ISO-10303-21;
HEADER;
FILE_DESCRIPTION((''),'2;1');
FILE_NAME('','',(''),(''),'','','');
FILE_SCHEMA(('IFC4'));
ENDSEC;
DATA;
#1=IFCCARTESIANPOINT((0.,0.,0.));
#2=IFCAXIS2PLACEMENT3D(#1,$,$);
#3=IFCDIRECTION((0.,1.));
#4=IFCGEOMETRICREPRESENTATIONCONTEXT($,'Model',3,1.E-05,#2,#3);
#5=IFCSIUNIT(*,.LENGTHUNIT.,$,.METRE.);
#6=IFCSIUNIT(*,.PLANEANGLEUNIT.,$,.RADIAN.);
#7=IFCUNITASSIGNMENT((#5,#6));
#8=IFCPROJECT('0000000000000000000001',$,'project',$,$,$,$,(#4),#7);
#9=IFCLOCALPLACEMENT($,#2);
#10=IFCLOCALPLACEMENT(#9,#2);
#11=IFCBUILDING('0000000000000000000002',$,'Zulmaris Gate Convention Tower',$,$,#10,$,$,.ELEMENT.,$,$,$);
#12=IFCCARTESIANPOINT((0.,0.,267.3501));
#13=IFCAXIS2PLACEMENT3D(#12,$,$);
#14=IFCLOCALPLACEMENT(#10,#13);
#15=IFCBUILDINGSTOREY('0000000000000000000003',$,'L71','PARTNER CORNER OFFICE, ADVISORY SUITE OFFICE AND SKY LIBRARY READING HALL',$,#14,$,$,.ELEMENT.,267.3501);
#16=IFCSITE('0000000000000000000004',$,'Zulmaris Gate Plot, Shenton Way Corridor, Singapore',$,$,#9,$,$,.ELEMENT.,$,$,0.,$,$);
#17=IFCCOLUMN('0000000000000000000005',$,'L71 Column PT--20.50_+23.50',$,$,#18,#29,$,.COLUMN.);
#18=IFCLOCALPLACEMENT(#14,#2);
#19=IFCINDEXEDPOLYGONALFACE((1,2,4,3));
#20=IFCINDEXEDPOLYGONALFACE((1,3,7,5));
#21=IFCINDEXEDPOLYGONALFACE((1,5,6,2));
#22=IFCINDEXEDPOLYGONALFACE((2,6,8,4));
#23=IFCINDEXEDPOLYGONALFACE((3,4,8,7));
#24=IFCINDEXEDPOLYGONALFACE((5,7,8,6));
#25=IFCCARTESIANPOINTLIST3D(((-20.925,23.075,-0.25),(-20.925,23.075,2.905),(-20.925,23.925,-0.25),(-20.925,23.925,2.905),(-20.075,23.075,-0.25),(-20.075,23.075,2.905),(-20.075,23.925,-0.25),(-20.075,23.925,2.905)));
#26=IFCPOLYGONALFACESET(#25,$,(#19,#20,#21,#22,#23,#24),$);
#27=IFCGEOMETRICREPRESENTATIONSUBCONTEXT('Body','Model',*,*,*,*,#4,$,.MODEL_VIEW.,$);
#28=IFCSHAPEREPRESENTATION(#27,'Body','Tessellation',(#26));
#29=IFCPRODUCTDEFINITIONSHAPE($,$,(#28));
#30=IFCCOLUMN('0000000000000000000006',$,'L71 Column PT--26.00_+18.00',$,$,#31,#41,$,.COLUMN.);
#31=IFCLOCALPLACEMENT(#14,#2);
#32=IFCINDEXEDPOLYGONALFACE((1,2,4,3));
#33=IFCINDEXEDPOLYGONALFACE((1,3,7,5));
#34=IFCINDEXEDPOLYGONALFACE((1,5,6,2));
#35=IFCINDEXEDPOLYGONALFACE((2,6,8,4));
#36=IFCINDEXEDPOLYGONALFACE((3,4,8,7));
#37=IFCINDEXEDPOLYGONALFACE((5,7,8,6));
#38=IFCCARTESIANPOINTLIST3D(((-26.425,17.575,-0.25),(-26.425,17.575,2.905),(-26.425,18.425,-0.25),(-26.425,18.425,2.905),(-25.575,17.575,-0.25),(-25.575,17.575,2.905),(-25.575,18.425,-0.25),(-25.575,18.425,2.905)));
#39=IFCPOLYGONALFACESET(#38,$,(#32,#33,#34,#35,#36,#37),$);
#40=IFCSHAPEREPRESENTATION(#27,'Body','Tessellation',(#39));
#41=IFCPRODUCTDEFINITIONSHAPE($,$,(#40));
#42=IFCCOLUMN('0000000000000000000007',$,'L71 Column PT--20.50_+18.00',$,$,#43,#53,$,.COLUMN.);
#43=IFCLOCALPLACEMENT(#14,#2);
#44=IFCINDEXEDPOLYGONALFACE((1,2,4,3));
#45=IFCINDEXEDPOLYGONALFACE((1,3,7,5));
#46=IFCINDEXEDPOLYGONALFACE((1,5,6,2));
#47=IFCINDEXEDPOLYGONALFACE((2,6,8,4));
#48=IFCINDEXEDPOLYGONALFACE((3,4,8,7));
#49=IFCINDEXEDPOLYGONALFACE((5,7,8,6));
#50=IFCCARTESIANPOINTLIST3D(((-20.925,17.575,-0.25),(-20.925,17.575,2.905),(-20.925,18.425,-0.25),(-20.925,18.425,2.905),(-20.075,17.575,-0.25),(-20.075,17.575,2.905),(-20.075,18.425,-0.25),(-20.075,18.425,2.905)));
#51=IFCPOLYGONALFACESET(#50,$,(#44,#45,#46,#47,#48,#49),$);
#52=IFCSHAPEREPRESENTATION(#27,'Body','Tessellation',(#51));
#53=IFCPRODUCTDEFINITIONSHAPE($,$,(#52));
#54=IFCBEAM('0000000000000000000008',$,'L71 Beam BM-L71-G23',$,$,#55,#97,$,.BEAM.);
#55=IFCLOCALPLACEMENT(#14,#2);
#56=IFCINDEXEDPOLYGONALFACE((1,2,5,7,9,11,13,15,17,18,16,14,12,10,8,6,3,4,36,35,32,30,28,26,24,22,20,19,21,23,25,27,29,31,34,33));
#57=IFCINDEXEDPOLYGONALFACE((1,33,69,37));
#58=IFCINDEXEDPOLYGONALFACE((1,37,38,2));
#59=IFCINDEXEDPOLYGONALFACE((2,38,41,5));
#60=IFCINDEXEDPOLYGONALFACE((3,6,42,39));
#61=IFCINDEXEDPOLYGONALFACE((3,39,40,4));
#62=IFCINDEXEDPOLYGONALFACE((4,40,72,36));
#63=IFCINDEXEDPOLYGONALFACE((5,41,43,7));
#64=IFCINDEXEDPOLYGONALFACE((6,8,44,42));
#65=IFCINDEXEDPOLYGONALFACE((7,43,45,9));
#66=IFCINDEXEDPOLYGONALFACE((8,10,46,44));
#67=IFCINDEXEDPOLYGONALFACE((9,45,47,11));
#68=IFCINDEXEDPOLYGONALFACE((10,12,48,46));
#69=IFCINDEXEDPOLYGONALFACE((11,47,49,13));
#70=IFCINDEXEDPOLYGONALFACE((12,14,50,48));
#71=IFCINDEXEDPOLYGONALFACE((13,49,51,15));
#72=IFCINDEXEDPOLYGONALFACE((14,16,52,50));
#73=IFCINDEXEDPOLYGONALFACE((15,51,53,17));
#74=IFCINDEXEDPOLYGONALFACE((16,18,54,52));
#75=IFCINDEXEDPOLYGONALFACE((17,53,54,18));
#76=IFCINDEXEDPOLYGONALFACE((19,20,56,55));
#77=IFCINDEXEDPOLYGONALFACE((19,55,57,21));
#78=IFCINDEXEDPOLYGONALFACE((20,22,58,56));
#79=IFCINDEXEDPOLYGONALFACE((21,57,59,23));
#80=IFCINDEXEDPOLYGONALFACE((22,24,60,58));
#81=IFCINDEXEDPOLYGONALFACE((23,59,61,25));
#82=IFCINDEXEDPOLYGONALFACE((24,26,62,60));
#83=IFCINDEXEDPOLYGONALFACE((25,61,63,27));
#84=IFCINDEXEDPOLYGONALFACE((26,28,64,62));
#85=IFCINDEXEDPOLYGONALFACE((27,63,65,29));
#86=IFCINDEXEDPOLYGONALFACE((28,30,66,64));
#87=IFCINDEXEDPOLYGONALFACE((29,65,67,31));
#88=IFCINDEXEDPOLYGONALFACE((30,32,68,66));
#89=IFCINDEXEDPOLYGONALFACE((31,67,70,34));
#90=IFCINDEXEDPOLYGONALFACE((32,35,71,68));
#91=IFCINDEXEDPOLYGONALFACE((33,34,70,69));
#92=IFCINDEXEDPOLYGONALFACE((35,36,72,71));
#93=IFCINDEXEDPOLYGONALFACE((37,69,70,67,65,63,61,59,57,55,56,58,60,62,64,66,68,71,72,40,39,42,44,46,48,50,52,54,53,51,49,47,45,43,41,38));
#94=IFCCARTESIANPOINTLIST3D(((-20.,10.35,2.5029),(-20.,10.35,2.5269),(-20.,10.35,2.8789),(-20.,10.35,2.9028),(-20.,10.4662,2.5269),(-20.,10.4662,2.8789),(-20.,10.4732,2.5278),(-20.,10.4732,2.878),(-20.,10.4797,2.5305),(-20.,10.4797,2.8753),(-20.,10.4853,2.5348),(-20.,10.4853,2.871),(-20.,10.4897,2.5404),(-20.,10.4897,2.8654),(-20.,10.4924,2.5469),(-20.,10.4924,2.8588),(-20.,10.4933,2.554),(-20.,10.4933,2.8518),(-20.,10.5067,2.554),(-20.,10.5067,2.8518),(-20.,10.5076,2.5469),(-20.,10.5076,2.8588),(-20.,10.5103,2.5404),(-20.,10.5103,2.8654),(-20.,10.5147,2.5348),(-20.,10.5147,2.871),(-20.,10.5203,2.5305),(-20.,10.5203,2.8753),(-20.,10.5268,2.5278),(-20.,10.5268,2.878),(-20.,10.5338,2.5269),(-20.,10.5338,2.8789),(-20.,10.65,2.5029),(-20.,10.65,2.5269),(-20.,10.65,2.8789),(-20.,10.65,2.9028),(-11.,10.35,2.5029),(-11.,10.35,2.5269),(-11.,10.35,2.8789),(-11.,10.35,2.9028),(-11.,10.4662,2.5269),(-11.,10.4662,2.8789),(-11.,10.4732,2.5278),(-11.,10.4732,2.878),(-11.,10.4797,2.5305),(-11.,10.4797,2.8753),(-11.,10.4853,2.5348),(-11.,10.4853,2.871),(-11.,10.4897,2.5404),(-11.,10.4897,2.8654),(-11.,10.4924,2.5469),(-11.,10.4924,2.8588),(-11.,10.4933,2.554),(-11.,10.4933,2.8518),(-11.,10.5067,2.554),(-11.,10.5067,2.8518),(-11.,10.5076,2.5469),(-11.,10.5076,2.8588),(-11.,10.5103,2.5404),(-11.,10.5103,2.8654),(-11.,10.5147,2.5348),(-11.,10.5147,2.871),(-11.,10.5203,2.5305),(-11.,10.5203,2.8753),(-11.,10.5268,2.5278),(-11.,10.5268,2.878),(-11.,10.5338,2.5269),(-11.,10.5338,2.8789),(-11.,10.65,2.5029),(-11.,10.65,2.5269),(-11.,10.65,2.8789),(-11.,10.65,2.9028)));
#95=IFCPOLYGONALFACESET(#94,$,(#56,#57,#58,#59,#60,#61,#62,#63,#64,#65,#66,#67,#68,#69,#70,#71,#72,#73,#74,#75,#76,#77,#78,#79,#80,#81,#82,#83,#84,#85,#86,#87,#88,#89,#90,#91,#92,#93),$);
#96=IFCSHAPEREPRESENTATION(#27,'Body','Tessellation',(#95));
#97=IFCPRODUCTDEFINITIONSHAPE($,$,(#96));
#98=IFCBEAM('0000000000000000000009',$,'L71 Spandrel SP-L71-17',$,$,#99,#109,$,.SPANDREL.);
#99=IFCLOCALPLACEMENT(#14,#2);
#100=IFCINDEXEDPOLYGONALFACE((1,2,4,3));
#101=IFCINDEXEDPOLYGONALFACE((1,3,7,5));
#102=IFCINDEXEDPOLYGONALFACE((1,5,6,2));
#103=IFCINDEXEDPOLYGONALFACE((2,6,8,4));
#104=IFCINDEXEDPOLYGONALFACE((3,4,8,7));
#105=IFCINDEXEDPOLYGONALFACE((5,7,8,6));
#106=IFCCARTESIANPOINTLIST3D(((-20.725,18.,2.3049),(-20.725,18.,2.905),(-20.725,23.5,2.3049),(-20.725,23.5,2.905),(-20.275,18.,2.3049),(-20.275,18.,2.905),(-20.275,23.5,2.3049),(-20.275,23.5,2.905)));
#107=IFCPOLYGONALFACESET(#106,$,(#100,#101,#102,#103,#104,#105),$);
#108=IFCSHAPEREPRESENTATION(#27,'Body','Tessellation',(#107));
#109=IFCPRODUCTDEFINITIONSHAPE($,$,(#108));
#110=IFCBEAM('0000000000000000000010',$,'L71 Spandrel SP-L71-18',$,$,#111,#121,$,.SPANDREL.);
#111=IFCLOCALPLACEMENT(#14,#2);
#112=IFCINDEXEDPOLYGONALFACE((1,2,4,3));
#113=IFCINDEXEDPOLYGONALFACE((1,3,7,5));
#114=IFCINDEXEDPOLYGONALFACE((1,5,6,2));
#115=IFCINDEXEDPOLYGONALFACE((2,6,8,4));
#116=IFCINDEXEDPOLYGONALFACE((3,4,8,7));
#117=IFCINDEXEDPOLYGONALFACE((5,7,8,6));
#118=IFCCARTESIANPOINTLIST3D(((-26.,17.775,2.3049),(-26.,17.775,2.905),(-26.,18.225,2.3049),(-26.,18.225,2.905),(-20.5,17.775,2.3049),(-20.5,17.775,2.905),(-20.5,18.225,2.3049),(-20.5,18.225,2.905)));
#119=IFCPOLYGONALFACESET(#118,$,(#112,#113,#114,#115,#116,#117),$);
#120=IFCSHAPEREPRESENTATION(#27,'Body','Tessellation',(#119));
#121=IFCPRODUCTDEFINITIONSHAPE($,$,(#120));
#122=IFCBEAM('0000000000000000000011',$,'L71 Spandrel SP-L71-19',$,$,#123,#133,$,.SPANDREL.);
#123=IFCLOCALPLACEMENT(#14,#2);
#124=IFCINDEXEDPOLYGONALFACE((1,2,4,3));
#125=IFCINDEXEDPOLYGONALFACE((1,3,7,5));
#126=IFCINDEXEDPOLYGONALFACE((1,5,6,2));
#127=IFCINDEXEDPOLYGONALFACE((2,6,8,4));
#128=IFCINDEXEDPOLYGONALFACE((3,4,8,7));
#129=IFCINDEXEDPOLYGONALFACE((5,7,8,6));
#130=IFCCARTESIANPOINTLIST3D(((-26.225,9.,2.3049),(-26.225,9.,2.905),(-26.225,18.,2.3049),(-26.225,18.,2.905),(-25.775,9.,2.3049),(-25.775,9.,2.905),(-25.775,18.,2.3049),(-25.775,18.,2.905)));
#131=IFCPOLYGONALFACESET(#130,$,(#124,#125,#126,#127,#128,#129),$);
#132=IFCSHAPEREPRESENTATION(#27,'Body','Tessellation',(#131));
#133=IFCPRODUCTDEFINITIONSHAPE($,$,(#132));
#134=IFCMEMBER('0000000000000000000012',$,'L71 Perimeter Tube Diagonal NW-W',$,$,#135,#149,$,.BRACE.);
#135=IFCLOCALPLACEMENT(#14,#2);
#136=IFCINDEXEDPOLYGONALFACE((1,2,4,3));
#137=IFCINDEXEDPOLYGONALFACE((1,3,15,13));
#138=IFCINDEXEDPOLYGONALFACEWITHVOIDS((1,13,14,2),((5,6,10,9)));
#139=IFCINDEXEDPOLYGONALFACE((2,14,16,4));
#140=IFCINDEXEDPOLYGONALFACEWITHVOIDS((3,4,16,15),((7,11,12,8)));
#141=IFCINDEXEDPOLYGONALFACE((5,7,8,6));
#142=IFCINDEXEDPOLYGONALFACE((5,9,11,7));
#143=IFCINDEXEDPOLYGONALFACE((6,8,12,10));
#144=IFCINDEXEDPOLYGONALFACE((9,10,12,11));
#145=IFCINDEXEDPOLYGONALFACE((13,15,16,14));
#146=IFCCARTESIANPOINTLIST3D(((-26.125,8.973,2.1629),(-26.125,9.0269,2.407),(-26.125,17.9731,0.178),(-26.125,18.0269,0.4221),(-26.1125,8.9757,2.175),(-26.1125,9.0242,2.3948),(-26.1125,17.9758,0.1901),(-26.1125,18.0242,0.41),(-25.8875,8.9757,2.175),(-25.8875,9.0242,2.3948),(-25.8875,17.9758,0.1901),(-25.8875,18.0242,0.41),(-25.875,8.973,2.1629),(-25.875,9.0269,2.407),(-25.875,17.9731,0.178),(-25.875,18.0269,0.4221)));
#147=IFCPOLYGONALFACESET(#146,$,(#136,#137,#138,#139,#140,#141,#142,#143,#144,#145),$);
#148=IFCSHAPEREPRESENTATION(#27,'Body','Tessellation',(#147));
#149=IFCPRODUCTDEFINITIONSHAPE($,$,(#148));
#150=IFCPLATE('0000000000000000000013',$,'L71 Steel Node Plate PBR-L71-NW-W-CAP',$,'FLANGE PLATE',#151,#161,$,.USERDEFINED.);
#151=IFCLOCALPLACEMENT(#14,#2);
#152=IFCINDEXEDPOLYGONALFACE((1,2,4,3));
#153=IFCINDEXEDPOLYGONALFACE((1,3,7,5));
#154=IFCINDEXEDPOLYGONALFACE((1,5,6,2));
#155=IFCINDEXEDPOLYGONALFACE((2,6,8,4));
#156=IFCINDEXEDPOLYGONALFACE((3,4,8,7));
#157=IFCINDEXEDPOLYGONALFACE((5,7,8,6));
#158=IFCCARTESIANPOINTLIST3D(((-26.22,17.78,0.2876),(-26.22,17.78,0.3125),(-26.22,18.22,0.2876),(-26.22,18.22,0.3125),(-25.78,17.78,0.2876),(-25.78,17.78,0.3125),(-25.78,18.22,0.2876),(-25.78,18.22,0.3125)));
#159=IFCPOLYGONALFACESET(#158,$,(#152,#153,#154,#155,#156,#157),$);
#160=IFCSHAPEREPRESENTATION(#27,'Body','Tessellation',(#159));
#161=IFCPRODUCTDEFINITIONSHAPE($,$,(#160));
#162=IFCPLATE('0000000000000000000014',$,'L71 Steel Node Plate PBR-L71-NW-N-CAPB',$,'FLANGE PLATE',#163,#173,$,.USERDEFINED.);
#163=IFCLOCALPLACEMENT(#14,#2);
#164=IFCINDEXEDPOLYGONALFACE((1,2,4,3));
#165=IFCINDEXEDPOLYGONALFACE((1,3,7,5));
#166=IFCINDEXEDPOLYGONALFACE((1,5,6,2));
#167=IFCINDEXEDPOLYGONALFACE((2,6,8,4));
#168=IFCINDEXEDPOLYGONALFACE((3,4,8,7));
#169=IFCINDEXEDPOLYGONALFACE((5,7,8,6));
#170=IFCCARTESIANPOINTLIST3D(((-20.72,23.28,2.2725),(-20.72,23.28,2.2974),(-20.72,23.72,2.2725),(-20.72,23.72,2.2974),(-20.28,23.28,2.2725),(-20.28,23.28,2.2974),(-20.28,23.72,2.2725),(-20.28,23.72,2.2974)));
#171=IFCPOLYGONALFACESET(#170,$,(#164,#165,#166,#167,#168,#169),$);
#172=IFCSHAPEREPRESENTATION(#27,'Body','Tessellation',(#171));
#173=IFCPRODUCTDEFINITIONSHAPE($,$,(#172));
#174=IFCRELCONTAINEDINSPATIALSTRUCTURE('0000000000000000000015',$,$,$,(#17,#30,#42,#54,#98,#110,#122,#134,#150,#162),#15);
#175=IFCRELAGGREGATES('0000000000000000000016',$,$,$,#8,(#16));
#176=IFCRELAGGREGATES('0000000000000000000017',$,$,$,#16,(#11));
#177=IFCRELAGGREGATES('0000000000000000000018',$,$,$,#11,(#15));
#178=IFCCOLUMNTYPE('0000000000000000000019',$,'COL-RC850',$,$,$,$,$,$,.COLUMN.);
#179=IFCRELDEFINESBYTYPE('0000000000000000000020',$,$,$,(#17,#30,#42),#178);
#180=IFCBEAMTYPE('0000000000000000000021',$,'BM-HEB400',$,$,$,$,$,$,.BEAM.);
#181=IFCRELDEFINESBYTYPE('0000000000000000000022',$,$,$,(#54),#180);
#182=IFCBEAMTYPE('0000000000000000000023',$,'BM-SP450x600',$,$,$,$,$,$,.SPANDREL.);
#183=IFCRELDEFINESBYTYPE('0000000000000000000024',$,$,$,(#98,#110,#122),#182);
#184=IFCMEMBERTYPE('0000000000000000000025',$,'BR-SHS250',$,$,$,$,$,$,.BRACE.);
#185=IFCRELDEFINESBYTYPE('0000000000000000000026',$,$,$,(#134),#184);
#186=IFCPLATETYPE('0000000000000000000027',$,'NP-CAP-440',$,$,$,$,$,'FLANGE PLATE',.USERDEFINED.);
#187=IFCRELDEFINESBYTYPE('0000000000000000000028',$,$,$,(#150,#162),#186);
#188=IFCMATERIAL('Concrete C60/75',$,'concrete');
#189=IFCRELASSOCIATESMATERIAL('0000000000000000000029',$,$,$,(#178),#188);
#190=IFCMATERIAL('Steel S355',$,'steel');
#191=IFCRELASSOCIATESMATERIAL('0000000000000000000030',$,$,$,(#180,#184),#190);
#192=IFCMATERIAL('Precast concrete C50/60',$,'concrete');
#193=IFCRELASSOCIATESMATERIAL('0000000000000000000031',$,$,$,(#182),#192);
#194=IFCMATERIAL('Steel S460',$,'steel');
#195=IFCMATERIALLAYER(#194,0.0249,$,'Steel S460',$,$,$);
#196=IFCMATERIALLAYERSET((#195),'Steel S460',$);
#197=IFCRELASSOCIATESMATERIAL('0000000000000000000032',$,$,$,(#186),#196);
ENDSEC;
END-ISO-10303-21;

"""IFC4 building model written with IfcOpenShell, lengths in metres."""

from ifc_helpers import new_model, si_unit, direction, frame, origin, origin_2d, place, context, subcontext, project, spatial, rectangle, hollow_rectangle, i_section, extrude, material, layer, layer_set, material_profile, profile_set, type_object, element, save


model = new_model("IFC4")

# Units and contexts
model_context = context("Model", 3, precision=1e-05, world=origin(), true_north=direction((0.0, 1.0)))
body_context = subcontext(model_context, "Body", "Model", "MODEL_VIEW")
ifc_project = project(units=[si_unit("LENGTHUNIT", "METRE"), si_unit("PLANEANGLEUNIT", "RADIAN")], contexts=[model_context])

# Site, building, storey
site_placement = place(None, origin())
site = spatial("IfcSite", under=ifc_project, at=site_placement, Name="Zulmaris Gate Plot, Shenton Way Corridor, Singapore", CompositionType="ELEMENT", RefElevation=0.0)
building_placement = place(site_placement, origin())
building = spatial("IfcBuilding", under=site, at=building_placement, Name="Zulmaris Gate Convention Tower", CompositionType="ELEMENT")
storey_placement = place(building_placement, frame((0.0, 0.0, 267.3501)))
storey = spatial("IfcBuildingStorey", under=building, at=storey_placement, Name="L71", Description="PARTNER CORNER OFFICE, ADVISORY SUITE OFFICE AND SKY LIBRARY READING HALL", CompositionType="ELEMENT", Elevation=267.3501)

# Columns
ifc_material_1 = material(Name="Concrete C60/75", Category="concrete")
ifc_material_profile_1 = material_profile(ifc_material_1, rectangle(XDim=0.8501, YDim=0.8501, at=origin_2d()), Name="RC COL 850x850")
ifc_profile_set_1 = profile_set([ifc_material_profile_1], Name="Concrete C60/75")
column_type = type_object("IfcColumnType", Name="COL-RC850", PredefinedType="COLUMN", material=ifc_profile_set_1)
for number, where, z_axis, x_axis, name in (
    (1, (-20.5, 23.5, -0.25), (0.0, 0.0, 1.0), (1.0, 0.0, 0.0), "L71 Column PT--20.50_+23.50"),
    (2, (-26.0, 18.0, -0.25), (0.0, 0.0, 1.0), (1.0, 0.0, 0.0), "L71 Column PT--26.00_+18.00"),
    (3, (-20.5, 18.0, -0.25), (0.0, 0.0, 1.0), (1.0, 0.0, 0.0), "L71 Column PT--20.50_+18.00"),
):
    element("IfcColumn", number, at=place(storey_placement, frame(where, z_axis=z_axis, x_axis=x_axis)), inside=storey, type_object=column_type, Name=name, PredefinedType="COLUMN", context=body_context, shape_type="SweptSolid", body=[
        extrude(rectangle(XDim=0.8501, YDim=0.8501, at=origin_2d()), origin(), (0.0, 0.0, 1.0), 3.155),
    ])

# Beams
ifc_material_2 = material(Name="Steel S355", Category="steel")
ifc_material_profile_2 = material_profile(ifc_material_2, i_section(OverallWidth=0.3, OverallDepth=0.3999, WebThickness=0.0134, FlangeThickness=0.0239, FilletRadius=0.0271, at=origin_2d()), Name="HEB 400")
ifc_profile_set_2 = profile_set([ifc_material_profile_2], Name="Steel S355")
beam_type_1 = type_object("IfcBeamType", Name="BM-HEB400", PredefinedType="BEAM", material=ifc_profile_set_2)
beam_1_placement = place(storey_placement, frame((-20.0, 10.5, 2.7029), z_axis=(1.0, 0.0, 0.0), x_axis=(0.0, 1.0, 0.0)))
element("IfcBeam", 4, at=beam_1_placement, inside=storey, type_object=beam_type_1, Name="L71 Beam BM-L71-G23", PredefinedType="BEAM", context=body_context, shape_type="SweptSolid", body=[
    extrude(i_section(OverallWidth=0.3, OverallDepth=0.3999, WebThickness=0.0134, FlangeThickness=0.0239, FilletRadius=0.0271, at=origin_2d()), origin(), (0.0, 0.0, 1.0), 9.0),
])
ifc_material_3 = material(Name="Precast concrete C50/60", Category="concrete")
ifc_material_profile_3 = material_profile(ifc_material_3, rectangle(XDim=0.45, YDim=0.6001, at=origin_2d()), Name="RC SPANDREL 450x600")
ifc_profile_set_3 = profile_set([ifc_material_profile_3], Name="Precast concrete C50/60")
beam_type_2 = type_object("IfcBeamType", Name="BM-SP450x600", PredefinedType="SPANDREL", material=ifc_profile_set_3)
for number, where, z_axis, x_axis, name in (
    (5, (-20.5, 23.5, 2.605), (0.0, -1.0, 0.0), (1.0, 0.0, 0.0), "L71 Spandrel SP-L71-17"),
    (6, (-20.5, 18.0, 2.605), (-1.0, 0.0, 0.0), (0.0, -1.0, 0.0), "L71 Spandrel SP-L71-18"),
):
    element("IfcBeam", number, at=place(storey_placement, frame(where, z_axis=z_axis, x_axis=x_axis)), inside=storey, type_object=beam_type_2, Name=name, PredefinedType="SPANDREL", context=body_context, shape_type="SweptSolid", body=[
        extrude(rectangle(XDim=0.45, YDim=0.6001, at=origin_2d()), origin(), (0.0, 0.0, 1.0), 5.5),
    ])
beam_2_placement = place(storey_placement, frame((-26.0, 18.0, 2.605), z_axis=(0.0, -1.0, 0.0), x_axis=(1.0, 0.0, 0.0)))
element("IfcBeam", 7, at=beam_2_placement, inside=storey, type_object=beam_type_2, Name="L71 Spandrel SP-L71-19", PredefinedType="SPANDREL", context=body_context, shape_type="SweptSolid", body=[
    extrude(rectangle(XDim=0.45, YDim=0.6001, at=origin_2d()), origin(), (0.0, 0.0, 1.0), 9.0),
])

# Member
ifc_material_profile_4 = material_profile(ifc_material_2, hollow_rectangle(XDim=0.25, YDim=0.25, WallThickness=0.0125, at=origin_2d()), Name="SHS 250x250x12.5")
ifc_profile_set_4 = profile_set([ifc_material_profile_4], Name="Steel S355")
member_type = type_object("IfcMemberType", Name="BR-SHS250", PredefinedType="BRACE", material=ifc_profile_set_4)
member_placement = place(storey_placement, frame((-26.0, 18.0, 0.3), z_axis=(0.0, -0.976534, 0.215365), x_axis=(1.0, 0.0, 0.0)))
element("IfcMember", 8, at=member_placement, inside=storey, type_object=member_type, Name="L71 Perimeter Tube Diagonal NW-W", PredefinedType="BRACE", context=body_context, shape_type="SweptSolid", body=[
    extrude(hollow_rectangle(XDim=0.25, YDim=0.25, WallThickness=0.0125, at=origin_2d()), origin(), (0.0, 0.0, 1.0), 9.2163),
])

# Plates
ifc_material_4 = material(Name="Steel S460", Category="steel")
ifc_layer_1 = layer(ifc_material_4, 0.0249, Name="Steel S460")
ifc_layer_set_1 = layer_set([ifc_layer_1], Name="Steel S460")
plate_type = type_object("IfcPlateType", Name="NP-CAP-440", ElementType="FLANGE PLATE", PredefinedType="USERDEFINED", material=ifc_layer_set_1)
for number, where, z_axis, x_axis, name in (
    (9, (-26.0, 18.0, 0.2876), (0.0, 0.0, 1.0), (1.0, 0.0, 0.0), "L71 Steel Node Plate PBR-L71-NW-W-CAP"),
    (10, (-20.5, 23.5, 2.2725), (0.0, 0.0, 1.0), (1.0, 0.0, 0.0), "L71 Steel Node Plate PBR-L71-NW-N-CAPB"),
):
    element("IfcPlate", number, at=place(storey_placement, frame(where, z_axis=z_axis, x_axis=x_axis)), inside=storey, type_object=plate_type, Name=name, ObjectType="FLANGE PLATE", PredefinedType="USERDEFINED", context=body_context, shape_type="SweptSolid", body=[
        extrude(rectangle(XDim=0.4399, YDim=0.4399, at=origin_2d()), origin(), (0.0, 0.0, 1.0), 0.0249),
    ])

save(model, "model.ifc")
